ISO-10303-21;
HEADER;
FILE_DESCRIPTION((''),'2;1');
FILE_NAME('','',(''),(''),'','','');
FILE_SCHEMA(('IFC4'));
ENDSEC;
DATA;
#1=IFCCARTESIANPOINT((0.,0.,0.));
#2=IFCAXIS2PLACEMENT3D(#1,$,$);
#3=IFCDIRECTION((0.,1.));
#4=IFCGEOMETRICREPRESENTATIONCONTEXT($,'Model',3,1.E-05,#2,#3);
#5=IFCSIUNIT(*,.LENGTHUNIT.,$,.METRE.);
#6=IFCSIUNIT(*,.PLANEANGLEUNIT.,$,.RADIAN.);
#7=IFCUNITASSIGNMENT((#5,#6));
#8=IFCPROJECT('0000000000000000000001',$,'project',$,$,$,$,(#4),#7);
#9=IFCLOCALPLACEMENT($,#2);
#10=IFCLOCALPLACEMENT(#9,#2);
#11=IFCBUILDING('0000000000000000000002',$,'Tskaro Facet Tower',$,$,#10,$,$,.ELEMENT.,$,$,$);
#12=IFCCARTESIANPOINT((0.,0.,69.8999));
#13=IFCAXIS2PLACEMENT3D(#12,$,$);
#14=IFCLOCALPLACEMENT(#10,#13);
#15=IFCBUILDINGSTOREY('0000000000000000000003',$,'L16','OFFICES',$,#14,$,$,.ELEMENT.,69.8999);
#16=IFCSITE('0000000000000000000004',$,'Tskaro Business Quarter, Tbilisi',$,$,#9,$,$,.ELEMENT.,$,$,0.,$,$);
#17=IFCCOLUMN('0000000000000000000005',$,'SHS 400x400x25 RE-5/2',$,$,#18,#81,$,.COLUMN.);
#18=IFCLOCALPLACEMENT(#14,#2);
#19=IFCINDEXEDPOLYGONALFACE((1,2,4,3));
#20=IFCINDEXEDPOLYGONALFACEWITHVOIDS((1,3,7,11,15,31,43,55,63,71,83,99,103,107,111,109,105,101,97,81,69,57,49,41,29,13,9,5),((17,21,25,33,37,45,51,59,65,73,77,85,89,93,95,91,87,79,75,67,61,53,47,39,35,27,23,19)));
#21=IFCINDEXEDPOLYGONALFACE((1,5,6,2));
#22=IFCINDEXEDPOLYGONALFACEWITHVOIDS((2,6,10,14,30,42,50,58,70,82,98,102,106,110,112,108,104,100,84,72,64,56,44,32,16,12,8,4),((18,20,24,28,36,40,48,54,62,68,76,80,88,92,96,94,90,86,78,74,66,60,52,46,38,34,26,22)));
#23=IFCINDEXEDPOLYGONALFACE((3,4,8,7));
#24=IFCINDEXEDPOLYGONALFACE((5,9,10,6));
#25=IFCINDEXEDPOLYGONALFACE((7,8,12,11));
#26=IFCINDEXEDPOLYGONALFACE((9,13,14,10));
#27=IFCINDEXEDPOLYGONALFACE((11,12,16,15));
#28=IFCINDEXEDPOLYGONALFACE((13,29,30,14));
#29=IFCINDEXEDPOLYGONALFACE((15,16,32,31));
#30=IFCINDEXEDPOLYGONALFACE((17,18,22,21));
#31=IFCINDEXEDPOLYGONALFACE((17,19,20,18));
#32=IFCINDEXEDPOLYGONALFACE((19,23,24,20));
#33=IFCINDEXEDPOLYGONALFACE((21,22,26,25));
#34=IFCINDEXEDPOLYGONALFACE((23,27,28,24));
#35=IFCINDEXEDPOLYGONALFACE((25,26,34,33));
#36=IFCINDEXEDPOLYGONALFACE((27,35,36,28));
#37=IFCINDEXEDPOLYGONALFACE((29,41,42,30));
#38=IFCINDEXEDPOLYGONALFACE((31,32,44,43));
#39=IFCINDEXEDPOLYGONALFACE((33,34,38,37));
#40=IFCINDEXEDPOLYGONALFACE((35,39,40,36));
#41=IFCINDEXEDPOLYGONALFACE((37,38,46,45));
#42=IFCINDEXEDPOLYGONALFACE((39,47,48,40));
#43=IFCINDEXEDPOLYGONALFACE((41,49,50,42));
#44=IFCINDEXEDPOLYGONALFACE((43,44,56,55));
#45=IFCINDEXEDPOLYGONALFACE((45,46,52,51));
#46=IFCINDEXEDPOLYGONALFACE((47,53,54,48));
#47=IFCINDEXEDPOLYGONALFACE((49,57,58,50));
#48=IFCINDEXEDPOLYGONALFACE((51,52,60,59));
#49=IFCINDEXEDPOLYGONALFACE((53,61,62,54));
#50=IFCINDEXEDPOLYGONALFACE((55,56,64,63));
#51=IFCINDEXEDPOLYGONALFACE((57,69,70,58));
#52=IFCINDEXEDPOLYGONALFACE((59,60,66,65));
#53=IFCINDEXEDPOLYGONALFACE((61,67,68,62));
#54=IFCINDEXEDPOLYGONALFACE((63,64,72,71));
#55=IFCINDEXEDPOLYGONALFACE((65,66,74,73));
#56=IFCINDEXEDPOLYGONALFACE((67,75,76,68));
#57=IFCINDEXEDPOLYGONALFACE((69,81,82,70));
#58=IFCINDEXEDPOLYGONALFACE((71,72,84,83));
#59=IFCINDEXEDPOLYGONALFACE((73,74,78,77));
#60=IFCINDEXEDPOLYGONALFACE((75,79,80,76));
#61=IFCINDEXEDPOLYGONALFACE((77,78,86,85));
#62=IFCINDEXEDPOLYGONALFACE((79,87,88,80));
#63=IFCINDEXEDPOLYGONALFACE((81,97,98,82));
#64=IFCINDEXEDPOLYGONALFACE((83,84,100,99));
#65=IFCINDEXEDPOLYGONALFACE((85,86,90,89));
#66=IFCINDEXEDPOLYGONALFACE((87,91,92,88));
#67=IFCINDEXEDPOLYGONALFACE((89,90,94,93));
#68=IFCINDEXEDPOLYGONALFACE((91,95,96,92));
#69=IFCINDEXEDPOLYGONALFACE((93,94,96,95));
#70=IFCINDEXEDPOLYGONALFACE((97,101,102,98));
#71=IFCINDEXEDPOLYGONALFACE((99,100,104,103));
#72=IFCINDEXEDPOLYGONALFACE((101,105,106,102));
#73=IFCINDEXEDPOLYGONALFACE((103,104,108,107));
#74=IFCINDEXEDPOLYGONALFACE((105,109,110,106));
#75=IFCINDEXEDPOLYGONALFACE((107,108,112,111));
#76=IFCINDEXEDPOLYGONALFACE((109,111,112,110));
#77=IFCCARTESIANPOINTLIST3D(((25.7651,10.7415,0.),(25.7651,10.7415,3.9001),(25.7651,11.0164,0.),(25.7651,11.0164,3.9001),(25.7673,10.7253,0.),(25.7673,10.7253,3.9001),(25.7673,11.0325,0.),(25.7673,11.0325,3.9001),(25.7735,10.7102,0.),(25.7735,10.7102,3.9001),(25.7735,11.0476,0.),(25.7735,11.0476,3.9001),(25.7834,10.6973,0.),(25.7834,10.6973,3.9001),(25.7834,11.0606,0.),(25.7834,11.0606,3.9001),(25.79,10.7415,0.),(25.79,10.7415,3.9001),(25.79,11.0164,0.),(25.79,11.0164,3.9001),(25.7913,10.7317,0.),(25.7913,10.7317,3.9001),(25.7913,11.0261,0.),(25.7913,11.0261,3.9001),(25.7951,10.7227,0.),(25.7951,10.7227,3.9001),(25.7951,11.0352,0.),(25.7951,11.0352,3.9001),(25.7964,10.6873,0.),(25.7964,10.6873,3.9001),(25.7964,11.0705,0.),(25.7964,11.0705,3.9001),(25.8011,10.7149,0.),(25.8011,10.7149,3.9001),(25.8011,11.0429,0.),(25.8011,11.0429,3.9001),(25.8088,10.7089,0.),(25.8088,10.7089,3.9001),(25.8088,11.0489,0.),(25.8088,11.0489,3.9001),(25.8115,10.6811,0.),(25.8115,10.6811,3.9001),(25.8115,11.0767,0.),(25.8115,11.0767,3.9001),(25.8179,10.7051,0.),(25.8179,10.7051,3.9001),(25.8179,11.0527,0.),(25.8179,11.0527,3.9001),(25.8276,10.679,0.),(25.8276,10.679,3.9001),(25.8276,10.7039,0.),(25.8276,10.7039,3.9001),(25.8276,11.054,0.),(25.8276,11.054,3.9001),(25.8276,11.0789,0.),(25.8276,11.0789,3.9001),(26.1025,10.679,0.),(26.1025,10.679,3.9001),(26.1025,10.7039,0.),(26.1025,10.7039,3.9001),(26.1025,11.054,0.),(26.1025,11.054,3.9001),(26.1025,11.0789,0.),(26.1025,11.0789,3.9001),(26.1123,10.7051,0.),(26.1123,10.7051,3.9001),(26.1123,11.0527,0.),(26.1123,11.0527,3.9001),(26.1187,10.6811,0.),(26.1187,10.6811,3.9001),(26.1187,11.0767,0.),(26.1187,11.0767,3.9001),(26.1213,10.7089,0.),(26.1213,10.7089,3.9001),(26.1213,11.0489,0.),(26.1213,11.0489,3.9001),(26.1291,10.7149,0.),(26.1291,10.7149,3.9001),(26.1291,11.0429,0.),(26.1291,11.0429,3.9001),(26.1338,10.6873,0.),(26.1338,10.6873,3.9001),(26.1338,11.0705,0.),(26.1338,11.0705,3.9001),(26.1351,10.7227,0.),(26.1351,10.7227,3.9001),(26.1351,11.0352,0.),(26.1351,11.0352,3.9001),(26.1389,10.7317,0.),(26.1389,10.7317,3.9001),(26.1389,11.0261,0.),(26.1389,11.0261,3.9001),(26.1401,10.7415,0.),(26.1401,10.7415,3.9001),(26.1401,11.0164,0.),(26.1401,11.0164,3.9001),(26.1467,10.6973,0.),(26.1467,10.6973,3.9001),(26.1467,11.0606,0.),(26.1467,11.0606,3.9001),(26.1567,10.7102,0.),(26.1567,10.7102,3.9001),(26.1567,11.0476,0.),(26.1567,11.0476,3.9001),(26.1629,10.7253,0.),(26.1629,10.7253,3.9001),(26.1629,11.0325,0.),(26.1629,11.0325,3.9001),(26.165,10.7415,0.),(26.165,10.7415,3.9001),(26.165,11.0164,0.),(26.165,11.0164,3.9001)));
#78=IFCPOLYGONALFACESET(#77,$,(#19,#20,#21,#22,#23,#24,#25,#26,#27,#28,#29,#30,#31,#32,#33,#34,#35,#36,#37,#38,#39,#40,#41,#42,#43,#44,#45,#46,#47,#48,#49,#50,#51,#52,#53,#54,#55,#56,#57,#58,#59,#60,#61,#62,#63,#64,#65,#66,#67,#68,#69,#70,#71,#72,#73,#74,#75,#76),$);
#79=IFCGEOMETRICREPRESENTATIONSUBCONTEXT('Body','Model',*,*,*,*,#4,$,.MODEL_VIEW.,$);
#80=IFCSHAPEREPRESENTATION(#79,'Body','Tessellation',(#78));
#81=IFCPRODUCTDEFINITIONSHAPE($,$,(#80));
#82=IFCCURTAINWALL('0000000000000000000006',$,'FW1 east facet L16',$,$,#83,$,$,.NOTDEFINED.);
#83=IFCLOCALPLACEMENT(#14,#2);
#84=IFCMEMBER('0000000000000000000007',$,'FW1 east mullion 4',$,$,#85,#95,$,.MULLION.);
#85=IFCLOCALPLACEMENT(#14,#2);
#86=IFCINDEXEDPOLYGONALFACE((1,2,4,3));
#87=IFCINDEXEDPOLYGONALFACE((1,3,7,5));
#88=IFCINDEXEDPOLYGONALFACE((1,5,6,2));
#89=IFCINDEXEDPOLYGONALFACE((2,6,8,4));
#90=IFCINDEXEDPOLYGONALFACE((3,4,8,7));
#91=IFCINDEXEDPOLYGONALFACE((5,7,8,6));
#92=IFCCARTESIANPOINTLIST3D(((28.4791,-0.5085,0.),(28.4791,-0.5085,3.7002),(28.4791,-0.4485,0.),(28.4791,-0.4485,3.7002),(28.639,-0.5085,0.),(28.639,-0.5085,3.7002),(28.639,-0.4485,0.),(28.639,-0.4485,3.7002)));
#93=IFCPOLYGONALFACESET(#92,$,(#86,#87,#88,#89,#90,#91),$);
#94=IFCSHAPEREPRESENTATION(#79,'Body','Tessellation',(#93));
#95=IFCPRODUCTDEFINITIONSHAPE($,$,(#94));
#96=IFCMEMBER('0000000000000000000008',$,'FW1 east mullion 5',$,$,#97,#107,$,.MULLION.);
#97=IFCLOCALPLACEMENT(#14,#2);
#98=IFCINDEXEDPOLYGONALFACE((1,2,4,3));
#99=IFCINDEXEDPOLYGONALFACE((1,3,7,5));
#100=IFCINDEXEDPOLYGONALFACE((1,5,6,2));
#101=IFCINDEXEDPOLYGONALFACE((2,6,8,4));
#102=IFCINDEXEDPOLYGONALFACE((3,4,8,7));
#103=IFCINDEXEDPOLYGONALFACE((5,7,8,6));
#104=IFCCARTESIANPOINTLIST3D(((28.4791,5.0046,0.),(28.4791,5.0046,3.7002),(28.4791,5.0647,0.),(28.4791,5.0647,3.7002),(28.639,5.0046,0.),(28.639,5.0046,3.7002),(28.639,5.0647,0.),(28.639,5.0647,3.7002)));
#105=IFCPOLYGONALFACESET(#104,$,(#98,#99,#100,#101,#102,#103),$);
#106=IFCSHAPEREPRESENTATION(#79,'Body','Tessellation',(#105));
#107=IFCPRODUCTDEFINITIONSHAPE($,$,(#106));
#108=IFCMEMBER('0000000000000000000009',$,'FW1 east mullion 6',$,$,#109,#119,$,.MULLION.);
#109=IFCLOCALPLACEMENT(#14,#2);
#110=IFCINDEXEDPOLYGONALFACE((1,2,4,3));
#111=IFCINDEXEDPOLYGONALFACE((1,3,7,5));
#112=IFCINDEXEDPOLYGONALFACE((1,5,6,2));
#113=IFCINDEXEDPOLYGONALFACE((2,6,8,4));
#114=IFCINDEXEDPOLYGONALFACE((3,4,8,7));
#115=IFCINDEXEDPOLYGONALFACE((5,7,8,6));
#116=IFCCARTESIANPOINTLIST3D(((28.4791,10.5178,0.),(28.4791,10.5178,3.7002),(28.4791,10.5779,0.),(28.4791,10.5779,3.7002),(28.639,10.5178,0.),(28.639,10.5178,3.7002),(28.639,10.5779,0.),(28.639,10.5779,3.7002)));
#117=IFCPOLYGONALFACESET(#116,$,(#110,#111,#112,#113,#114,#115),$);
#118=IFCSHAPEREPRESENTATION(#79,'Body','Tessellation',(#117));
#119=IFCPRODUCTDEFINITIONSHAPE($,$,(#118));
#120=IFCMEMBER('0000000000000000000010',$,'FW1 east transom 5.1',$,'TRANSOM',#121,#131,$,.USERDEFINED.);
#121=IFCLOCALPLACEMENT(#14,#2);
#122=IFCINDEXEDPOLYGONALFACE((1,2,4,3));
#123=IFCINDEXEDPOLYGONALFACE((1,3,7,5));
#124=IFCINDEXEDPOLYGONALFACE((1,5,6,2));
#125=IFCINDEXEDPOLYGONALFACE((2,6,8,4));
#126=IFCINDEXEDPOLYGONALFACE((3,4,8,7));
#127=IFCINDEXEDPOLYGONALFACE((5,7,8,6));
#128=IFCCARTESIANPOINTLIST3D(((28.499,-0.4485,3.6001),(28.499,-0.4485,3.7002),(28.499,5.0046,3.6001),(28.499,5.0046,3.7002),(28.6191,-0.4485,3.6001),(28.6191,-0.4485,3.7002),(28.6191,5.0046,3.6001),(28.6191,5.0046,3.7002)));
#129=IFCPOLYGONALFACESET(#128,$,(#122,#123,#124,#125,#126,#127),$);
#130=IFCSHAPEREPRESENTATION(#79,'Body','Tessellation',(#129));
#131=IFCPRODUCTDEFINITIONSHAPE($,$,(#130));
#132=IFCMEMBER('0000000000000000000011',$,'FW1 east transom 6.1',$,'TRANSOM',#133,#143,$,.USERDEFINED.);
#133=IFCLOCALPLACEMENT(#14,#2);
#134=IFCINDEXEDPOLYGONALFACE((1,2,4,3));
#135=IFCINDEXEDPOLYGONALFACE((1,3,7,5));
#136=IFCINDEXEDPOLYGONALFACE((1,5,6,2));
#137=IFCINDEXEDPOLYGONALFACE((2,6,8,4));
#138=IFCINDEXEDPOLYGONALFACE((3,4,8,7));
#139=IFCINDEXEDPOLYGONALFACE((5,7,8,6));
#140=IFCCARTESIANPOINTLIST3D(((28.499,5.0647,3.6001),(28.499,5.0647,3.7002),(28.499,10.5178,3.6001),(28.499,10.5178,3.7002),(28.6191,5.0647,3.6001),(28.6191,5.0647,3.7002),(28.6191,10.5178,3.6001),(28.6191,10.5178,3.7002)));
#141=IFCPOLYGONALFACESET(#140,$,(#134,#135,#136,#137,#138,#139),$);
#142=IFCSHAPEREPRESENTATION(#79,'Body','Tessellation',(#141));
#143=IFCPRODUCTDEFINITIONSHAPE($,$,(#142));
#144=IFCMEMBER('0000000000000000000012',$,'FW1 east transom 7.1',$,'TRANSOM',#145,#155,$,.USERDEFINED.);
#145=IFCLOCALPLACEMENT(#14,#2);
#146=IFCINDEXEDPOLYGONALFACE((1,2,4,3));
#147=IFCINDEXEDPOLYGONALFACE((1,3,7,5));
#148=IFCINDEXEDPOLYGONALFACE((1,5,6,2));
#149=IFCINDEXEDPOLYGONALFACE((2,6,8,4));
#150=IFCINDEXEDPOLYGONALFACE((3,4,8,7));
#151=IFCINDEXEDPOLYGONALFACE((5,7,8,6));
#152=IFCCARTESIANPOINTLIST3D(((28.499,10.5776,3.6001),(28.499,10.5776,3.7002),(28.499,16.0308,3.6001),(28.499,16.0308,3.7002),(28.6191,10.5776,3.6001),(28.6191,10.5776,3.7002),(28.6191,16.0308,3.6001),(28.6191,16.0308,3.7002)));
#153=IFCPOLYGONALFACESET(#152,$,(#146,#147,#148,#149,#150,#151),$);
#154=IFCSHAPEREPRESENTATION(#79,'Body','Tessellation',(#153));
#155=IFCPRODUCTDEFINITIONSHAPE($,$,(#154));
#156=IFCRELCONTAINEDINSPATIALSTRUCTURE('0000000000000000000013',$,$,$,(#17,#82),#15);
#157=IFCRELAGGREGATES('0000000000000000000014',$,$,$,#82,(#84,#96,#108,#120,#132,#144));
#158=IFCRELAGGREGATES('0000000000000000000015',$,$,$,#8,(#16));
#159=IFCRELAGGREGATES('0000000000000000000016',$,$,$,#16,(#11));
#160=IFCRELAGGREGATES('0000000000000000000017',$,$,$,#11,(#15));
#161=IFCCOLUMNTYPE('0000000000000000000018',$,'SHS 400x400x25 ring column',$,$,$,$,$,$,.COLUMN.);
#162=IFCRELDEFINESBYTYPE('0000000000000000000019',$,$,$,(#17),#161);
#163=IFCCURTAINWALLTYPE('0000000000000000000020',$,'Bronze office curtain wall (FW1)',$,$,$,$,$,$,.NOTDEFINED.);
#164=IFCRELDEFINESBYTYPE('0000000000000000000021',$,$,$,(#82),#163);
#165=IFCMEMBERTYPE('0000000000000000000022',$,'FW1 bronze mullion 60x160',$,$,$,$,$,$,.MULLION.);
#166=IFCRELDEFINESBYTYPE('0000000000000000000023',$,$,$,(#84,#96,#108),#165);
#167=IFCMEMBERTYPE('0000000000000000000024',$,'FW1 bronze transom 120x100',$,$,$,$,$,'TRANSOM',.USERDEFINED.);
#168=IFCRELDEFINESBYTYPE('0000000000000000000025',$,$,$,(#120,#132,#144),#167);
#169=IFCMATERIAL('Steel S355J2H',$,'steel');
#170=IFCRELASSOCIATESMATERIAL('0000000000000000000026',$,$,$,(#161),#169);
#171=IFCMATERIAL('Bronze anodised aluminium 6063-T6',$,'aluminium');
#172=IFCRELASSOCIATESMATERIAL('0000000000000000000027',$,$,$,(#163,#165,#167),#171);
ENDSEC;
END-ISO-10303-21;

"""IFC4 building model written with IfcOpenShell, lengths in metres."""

from ifc_helpers import new_model, si_unit, direction, frame, origin, origin_2d, place, context, subcontext, project, spatial, rectangle, hollow_rectangle, extrude, material, material_profile, profile_set, type_object, element, aggregate, save


model = new_model("IFC4")

# Units and contexts
model_context = context("Model", 3, precision=1e-05, world=origin(), true_north=direction((0.0, 1.0)))
body_context = subcontext(model_context, "Body", "Model", "MODEL_VIEW")
ifc_project = project(units=[si_unit("LENGTHUNIT", "METRE"), si_unit("PLANEANGLEUNIT", "RADIAN")], contexts=[model_context])

# Site, building, storey
site_placement = place(None, origin())
site = spatial("IfcSite", under=ifc_project, at=site_placement, Name="Tskaro Business Quarter, Tbilisi", CompositionType="ELEMENT", RefElevation=0.0)
building_placement = place(site_placement, origin())
building = spatial("IfcBuilding", under=site, at=building_placement, Name="Tskaro Facet Tower", CompositionType="ELEMENT")
storey_placement = place(building_placement, frame((0.0, 0.0, 69.8999)))
storey = spatial("IfcBuildingStorey", under=building, at=storey_placement, Name="L16", Description="OFFICES", CompositionType="ELEMENT", Elevation=69.8999)

# Column
ifc_material_1 = material(Name="Steel S355J2H", Category="steel")
ifc_material_profile_1 = material_profile(ifc_material_1, hollow_rectangle(XDim=0.3999, YDim=0.3999, WallThickness=0.0249, InnerFilletRadius=0.0376, OuterFilletRadius=0.0625, at=origin_2d()), Name="SHS 400x400x25")
ifc_profile_set_1 = profile_set([ifc_material_profile_1], Name="Steel S355J2H")
column_type_1 = type_object("IfcColumnType", Name="SHS 400x400x25 ring column", PredefinedType="COLUMN", material=ifc_profile_set_1)
for number, where, z_axis, x_axis, name in (
    (1, (25.9651, 10.8789, 0.0), (0.0, 0.0, 1.0), (1.0, 0.0, 0.0), "SHS 400x400x25 RE-5/2"),
):
    element("IfcColumn", number, at=place(storey_placement, frame(where, z_axis=z_axis, x_axis=x_axis)), inside=storey, type_object=column_type_1, Name=name, PredefinedType="COLUMN", context=body_context, shape_type="SweptSolid", body=[
        extrude(hollow_rectangle(XDim=0.3999, YDim=0.3999, WallThickness=0.0249, InnerFilletRadius=0.0376, OuterFilletRadius=0.0625, at=origin_2d()), origin(), (0.0, 0.0, 1.0), 3.9001),
    ])

# Curtain wall, members
ifc_material_2 = material(Name="Bronze anodised aluminium 6063-T6", Category="aluminium")
curtain_wall_type = type_object("IfcCurtainWallType", Name="Bronze office curtain wall (FW1)", PredefinedType="NOTDEFINED", material=ifc_material_2)
curtain_wall_placement = place(storey_placement, origin())
curtain_wall = element("IfcCurtainWall", 2, at=curtain_wall_placement, inside=storey, type_object=curtain_wall_type, Name="FW1 east facet L16", PredefinedType="NOTDEFINED")
ifc_material_profile_2 = material_profile(ifc_material_2, rectangle(XDim=0.0601, YDim=0.1599, at=origin_2d()), Name="Mullion 60x160")
ifc_profile_set_2 = profile_set([ifc_material_profile_2], Name="Bronze anodised aluminium 6063-T6")
member_type_1 = type_object("IfcMemberType", Name="FW1 bronze mullion 60x160", PredefinedType="MULLION", material=ifc_profile_set_2)
member_1_placement = place(storey_placement, frame((28.5591, -0.4785, 0.0), z_axis=(0.0, 0.0, 1.0), x_axis=(0.0, 1.0, 0.0)))
member_1 = element("IfcMember", 3, at=member_1_placement, type_object=member_type_1, Name="FW1 east mullion 4", PredefinedType="MULLION", context=body_context, shape_type="SweptSolid", body=[
    extrude(rectangle(XDim=0.0601, YDim=0.1599, at=origin_2d()), origin(), (0.0, 0.0, 1.0), 3.7002),
])
member_2_placement = place(storey_placement, frame((28.5591, 5.0347, 0.0), z_axis=(0.0, 0.0, 1.0), x_axis=(0.0, 1.0, 0.0)))
member_2 = element("IfcMember", 4, at=member_2_placement, type_object=member_type_1, Name="FW1 east mullion 5", PredefinedType="MULLION", context=body_context, shape_type="SweptSolid", body=[
    extrude(rectangle(XDim=0.0601, YDim=0.1599, at=origin_2d()), origin(), (0.0, 0.0, 1.0), 3.7002),
])
member_3_placement = place(storey_placement, frame((28.5591, 10.5479, 0.0), z_axis=(0.0, 0.0, 1.0), x_axis=(0.0, 1.0, 0.0)))
member_3 = element("IfcMember", 5, at=member_3_placement, type_object=member_type_1, Name="FW1 east mullion 6", PredefinedType="MULLION", context=body_context, shape_type="SweptSolid", body=[
    extrude(rectangle(XDim=0.0601, YDim=0.1599, at=origin_2d()), origin(), (0.0, 0.0, 1.0), 3.7002),
])
ifc_material_profile_3 = material_profile(ifc_material_2, rectangle(XDim=0.1201, YDim=0.1001, at=origin_2d()), Name="Transom 120x100")
ifc_profile_set_3 = profile_set([ifc_material_profile_3], Name="Bronze anodised aluminium 6063-T6")
member_type_2 = type_object("IfcMemberType", Name="FW1 bronze transom 120x100", ElementType="TRANSOM", PredefinedType="USERDEFINED", material=ifc_profile_set_3)
member_4_placement = place(storey_placement, frame((28.5591, -0.4485, 3.6501), z_axis=(0.0, 1.0, 0.0), x_axis=(-1.0, 0.0, 0.0)))
member_4 = element("IfcMember", 6, at=member_4_placement, type_object=member_type_2, Name="FW1 east transom 5.1", ObjectType="TRANSOM", PredefinedType="USERDEFINED", context=body_context, shape_type="SweptSolid", body=[
    extrude(rectangle(XDim=0.1201, YDim=0.1001, at=origin_2d()), origin(), (0.0, 0.0, 1.0), 5.4531),
])
member_5_placement = place(storey_placement, frame((28.5591, 5.0647, 3.6501), z_axis=(0.0, 1.0, 0.0), x_axis=(-1.0, 0.0, 0.0)))
member_5 = element("IfcMember", 7, at=member_5_placement, type_object=member_type_2, Name="FW1 east transom 6.1", ObjectType="TRANSOM", PredefinedType="USERDEFINED", context=body_context, shape_type="SweptSolid", body=[
    extrude(rectangle(XDim=0.1201, YDim=0.1001, at=origin_2d()), origin(), (0.0, 0.0, 1.0), 5.4531),
])
member_6_placement = place(storey_placement, frame((28.5591, 10.5776, 3.6501), z_axis=(0.0, 1.0, 0.0), x_axis=(-1.0, 0.0, 0.0)))
member_6 = element("IfcMember", 8, at=member_6_placement, type_object=member_type_2, Name="FW1 east transom 7.1", ObjectType="TRANSOM", PredefinedType="USERDEFINED", context=body_context, shape_type="SweptSolid", body=[
    extrude(rectangle(XDim=0.1201, YDim=0.1001, at=origin_2d()), origin(), (0.0, 0.0, 1.0), 5.4531),
])

aggregate(curtain_wall, [member_1, member_2, member_3, member_4, member_5, member_6])

save(model, "model.ifc")
